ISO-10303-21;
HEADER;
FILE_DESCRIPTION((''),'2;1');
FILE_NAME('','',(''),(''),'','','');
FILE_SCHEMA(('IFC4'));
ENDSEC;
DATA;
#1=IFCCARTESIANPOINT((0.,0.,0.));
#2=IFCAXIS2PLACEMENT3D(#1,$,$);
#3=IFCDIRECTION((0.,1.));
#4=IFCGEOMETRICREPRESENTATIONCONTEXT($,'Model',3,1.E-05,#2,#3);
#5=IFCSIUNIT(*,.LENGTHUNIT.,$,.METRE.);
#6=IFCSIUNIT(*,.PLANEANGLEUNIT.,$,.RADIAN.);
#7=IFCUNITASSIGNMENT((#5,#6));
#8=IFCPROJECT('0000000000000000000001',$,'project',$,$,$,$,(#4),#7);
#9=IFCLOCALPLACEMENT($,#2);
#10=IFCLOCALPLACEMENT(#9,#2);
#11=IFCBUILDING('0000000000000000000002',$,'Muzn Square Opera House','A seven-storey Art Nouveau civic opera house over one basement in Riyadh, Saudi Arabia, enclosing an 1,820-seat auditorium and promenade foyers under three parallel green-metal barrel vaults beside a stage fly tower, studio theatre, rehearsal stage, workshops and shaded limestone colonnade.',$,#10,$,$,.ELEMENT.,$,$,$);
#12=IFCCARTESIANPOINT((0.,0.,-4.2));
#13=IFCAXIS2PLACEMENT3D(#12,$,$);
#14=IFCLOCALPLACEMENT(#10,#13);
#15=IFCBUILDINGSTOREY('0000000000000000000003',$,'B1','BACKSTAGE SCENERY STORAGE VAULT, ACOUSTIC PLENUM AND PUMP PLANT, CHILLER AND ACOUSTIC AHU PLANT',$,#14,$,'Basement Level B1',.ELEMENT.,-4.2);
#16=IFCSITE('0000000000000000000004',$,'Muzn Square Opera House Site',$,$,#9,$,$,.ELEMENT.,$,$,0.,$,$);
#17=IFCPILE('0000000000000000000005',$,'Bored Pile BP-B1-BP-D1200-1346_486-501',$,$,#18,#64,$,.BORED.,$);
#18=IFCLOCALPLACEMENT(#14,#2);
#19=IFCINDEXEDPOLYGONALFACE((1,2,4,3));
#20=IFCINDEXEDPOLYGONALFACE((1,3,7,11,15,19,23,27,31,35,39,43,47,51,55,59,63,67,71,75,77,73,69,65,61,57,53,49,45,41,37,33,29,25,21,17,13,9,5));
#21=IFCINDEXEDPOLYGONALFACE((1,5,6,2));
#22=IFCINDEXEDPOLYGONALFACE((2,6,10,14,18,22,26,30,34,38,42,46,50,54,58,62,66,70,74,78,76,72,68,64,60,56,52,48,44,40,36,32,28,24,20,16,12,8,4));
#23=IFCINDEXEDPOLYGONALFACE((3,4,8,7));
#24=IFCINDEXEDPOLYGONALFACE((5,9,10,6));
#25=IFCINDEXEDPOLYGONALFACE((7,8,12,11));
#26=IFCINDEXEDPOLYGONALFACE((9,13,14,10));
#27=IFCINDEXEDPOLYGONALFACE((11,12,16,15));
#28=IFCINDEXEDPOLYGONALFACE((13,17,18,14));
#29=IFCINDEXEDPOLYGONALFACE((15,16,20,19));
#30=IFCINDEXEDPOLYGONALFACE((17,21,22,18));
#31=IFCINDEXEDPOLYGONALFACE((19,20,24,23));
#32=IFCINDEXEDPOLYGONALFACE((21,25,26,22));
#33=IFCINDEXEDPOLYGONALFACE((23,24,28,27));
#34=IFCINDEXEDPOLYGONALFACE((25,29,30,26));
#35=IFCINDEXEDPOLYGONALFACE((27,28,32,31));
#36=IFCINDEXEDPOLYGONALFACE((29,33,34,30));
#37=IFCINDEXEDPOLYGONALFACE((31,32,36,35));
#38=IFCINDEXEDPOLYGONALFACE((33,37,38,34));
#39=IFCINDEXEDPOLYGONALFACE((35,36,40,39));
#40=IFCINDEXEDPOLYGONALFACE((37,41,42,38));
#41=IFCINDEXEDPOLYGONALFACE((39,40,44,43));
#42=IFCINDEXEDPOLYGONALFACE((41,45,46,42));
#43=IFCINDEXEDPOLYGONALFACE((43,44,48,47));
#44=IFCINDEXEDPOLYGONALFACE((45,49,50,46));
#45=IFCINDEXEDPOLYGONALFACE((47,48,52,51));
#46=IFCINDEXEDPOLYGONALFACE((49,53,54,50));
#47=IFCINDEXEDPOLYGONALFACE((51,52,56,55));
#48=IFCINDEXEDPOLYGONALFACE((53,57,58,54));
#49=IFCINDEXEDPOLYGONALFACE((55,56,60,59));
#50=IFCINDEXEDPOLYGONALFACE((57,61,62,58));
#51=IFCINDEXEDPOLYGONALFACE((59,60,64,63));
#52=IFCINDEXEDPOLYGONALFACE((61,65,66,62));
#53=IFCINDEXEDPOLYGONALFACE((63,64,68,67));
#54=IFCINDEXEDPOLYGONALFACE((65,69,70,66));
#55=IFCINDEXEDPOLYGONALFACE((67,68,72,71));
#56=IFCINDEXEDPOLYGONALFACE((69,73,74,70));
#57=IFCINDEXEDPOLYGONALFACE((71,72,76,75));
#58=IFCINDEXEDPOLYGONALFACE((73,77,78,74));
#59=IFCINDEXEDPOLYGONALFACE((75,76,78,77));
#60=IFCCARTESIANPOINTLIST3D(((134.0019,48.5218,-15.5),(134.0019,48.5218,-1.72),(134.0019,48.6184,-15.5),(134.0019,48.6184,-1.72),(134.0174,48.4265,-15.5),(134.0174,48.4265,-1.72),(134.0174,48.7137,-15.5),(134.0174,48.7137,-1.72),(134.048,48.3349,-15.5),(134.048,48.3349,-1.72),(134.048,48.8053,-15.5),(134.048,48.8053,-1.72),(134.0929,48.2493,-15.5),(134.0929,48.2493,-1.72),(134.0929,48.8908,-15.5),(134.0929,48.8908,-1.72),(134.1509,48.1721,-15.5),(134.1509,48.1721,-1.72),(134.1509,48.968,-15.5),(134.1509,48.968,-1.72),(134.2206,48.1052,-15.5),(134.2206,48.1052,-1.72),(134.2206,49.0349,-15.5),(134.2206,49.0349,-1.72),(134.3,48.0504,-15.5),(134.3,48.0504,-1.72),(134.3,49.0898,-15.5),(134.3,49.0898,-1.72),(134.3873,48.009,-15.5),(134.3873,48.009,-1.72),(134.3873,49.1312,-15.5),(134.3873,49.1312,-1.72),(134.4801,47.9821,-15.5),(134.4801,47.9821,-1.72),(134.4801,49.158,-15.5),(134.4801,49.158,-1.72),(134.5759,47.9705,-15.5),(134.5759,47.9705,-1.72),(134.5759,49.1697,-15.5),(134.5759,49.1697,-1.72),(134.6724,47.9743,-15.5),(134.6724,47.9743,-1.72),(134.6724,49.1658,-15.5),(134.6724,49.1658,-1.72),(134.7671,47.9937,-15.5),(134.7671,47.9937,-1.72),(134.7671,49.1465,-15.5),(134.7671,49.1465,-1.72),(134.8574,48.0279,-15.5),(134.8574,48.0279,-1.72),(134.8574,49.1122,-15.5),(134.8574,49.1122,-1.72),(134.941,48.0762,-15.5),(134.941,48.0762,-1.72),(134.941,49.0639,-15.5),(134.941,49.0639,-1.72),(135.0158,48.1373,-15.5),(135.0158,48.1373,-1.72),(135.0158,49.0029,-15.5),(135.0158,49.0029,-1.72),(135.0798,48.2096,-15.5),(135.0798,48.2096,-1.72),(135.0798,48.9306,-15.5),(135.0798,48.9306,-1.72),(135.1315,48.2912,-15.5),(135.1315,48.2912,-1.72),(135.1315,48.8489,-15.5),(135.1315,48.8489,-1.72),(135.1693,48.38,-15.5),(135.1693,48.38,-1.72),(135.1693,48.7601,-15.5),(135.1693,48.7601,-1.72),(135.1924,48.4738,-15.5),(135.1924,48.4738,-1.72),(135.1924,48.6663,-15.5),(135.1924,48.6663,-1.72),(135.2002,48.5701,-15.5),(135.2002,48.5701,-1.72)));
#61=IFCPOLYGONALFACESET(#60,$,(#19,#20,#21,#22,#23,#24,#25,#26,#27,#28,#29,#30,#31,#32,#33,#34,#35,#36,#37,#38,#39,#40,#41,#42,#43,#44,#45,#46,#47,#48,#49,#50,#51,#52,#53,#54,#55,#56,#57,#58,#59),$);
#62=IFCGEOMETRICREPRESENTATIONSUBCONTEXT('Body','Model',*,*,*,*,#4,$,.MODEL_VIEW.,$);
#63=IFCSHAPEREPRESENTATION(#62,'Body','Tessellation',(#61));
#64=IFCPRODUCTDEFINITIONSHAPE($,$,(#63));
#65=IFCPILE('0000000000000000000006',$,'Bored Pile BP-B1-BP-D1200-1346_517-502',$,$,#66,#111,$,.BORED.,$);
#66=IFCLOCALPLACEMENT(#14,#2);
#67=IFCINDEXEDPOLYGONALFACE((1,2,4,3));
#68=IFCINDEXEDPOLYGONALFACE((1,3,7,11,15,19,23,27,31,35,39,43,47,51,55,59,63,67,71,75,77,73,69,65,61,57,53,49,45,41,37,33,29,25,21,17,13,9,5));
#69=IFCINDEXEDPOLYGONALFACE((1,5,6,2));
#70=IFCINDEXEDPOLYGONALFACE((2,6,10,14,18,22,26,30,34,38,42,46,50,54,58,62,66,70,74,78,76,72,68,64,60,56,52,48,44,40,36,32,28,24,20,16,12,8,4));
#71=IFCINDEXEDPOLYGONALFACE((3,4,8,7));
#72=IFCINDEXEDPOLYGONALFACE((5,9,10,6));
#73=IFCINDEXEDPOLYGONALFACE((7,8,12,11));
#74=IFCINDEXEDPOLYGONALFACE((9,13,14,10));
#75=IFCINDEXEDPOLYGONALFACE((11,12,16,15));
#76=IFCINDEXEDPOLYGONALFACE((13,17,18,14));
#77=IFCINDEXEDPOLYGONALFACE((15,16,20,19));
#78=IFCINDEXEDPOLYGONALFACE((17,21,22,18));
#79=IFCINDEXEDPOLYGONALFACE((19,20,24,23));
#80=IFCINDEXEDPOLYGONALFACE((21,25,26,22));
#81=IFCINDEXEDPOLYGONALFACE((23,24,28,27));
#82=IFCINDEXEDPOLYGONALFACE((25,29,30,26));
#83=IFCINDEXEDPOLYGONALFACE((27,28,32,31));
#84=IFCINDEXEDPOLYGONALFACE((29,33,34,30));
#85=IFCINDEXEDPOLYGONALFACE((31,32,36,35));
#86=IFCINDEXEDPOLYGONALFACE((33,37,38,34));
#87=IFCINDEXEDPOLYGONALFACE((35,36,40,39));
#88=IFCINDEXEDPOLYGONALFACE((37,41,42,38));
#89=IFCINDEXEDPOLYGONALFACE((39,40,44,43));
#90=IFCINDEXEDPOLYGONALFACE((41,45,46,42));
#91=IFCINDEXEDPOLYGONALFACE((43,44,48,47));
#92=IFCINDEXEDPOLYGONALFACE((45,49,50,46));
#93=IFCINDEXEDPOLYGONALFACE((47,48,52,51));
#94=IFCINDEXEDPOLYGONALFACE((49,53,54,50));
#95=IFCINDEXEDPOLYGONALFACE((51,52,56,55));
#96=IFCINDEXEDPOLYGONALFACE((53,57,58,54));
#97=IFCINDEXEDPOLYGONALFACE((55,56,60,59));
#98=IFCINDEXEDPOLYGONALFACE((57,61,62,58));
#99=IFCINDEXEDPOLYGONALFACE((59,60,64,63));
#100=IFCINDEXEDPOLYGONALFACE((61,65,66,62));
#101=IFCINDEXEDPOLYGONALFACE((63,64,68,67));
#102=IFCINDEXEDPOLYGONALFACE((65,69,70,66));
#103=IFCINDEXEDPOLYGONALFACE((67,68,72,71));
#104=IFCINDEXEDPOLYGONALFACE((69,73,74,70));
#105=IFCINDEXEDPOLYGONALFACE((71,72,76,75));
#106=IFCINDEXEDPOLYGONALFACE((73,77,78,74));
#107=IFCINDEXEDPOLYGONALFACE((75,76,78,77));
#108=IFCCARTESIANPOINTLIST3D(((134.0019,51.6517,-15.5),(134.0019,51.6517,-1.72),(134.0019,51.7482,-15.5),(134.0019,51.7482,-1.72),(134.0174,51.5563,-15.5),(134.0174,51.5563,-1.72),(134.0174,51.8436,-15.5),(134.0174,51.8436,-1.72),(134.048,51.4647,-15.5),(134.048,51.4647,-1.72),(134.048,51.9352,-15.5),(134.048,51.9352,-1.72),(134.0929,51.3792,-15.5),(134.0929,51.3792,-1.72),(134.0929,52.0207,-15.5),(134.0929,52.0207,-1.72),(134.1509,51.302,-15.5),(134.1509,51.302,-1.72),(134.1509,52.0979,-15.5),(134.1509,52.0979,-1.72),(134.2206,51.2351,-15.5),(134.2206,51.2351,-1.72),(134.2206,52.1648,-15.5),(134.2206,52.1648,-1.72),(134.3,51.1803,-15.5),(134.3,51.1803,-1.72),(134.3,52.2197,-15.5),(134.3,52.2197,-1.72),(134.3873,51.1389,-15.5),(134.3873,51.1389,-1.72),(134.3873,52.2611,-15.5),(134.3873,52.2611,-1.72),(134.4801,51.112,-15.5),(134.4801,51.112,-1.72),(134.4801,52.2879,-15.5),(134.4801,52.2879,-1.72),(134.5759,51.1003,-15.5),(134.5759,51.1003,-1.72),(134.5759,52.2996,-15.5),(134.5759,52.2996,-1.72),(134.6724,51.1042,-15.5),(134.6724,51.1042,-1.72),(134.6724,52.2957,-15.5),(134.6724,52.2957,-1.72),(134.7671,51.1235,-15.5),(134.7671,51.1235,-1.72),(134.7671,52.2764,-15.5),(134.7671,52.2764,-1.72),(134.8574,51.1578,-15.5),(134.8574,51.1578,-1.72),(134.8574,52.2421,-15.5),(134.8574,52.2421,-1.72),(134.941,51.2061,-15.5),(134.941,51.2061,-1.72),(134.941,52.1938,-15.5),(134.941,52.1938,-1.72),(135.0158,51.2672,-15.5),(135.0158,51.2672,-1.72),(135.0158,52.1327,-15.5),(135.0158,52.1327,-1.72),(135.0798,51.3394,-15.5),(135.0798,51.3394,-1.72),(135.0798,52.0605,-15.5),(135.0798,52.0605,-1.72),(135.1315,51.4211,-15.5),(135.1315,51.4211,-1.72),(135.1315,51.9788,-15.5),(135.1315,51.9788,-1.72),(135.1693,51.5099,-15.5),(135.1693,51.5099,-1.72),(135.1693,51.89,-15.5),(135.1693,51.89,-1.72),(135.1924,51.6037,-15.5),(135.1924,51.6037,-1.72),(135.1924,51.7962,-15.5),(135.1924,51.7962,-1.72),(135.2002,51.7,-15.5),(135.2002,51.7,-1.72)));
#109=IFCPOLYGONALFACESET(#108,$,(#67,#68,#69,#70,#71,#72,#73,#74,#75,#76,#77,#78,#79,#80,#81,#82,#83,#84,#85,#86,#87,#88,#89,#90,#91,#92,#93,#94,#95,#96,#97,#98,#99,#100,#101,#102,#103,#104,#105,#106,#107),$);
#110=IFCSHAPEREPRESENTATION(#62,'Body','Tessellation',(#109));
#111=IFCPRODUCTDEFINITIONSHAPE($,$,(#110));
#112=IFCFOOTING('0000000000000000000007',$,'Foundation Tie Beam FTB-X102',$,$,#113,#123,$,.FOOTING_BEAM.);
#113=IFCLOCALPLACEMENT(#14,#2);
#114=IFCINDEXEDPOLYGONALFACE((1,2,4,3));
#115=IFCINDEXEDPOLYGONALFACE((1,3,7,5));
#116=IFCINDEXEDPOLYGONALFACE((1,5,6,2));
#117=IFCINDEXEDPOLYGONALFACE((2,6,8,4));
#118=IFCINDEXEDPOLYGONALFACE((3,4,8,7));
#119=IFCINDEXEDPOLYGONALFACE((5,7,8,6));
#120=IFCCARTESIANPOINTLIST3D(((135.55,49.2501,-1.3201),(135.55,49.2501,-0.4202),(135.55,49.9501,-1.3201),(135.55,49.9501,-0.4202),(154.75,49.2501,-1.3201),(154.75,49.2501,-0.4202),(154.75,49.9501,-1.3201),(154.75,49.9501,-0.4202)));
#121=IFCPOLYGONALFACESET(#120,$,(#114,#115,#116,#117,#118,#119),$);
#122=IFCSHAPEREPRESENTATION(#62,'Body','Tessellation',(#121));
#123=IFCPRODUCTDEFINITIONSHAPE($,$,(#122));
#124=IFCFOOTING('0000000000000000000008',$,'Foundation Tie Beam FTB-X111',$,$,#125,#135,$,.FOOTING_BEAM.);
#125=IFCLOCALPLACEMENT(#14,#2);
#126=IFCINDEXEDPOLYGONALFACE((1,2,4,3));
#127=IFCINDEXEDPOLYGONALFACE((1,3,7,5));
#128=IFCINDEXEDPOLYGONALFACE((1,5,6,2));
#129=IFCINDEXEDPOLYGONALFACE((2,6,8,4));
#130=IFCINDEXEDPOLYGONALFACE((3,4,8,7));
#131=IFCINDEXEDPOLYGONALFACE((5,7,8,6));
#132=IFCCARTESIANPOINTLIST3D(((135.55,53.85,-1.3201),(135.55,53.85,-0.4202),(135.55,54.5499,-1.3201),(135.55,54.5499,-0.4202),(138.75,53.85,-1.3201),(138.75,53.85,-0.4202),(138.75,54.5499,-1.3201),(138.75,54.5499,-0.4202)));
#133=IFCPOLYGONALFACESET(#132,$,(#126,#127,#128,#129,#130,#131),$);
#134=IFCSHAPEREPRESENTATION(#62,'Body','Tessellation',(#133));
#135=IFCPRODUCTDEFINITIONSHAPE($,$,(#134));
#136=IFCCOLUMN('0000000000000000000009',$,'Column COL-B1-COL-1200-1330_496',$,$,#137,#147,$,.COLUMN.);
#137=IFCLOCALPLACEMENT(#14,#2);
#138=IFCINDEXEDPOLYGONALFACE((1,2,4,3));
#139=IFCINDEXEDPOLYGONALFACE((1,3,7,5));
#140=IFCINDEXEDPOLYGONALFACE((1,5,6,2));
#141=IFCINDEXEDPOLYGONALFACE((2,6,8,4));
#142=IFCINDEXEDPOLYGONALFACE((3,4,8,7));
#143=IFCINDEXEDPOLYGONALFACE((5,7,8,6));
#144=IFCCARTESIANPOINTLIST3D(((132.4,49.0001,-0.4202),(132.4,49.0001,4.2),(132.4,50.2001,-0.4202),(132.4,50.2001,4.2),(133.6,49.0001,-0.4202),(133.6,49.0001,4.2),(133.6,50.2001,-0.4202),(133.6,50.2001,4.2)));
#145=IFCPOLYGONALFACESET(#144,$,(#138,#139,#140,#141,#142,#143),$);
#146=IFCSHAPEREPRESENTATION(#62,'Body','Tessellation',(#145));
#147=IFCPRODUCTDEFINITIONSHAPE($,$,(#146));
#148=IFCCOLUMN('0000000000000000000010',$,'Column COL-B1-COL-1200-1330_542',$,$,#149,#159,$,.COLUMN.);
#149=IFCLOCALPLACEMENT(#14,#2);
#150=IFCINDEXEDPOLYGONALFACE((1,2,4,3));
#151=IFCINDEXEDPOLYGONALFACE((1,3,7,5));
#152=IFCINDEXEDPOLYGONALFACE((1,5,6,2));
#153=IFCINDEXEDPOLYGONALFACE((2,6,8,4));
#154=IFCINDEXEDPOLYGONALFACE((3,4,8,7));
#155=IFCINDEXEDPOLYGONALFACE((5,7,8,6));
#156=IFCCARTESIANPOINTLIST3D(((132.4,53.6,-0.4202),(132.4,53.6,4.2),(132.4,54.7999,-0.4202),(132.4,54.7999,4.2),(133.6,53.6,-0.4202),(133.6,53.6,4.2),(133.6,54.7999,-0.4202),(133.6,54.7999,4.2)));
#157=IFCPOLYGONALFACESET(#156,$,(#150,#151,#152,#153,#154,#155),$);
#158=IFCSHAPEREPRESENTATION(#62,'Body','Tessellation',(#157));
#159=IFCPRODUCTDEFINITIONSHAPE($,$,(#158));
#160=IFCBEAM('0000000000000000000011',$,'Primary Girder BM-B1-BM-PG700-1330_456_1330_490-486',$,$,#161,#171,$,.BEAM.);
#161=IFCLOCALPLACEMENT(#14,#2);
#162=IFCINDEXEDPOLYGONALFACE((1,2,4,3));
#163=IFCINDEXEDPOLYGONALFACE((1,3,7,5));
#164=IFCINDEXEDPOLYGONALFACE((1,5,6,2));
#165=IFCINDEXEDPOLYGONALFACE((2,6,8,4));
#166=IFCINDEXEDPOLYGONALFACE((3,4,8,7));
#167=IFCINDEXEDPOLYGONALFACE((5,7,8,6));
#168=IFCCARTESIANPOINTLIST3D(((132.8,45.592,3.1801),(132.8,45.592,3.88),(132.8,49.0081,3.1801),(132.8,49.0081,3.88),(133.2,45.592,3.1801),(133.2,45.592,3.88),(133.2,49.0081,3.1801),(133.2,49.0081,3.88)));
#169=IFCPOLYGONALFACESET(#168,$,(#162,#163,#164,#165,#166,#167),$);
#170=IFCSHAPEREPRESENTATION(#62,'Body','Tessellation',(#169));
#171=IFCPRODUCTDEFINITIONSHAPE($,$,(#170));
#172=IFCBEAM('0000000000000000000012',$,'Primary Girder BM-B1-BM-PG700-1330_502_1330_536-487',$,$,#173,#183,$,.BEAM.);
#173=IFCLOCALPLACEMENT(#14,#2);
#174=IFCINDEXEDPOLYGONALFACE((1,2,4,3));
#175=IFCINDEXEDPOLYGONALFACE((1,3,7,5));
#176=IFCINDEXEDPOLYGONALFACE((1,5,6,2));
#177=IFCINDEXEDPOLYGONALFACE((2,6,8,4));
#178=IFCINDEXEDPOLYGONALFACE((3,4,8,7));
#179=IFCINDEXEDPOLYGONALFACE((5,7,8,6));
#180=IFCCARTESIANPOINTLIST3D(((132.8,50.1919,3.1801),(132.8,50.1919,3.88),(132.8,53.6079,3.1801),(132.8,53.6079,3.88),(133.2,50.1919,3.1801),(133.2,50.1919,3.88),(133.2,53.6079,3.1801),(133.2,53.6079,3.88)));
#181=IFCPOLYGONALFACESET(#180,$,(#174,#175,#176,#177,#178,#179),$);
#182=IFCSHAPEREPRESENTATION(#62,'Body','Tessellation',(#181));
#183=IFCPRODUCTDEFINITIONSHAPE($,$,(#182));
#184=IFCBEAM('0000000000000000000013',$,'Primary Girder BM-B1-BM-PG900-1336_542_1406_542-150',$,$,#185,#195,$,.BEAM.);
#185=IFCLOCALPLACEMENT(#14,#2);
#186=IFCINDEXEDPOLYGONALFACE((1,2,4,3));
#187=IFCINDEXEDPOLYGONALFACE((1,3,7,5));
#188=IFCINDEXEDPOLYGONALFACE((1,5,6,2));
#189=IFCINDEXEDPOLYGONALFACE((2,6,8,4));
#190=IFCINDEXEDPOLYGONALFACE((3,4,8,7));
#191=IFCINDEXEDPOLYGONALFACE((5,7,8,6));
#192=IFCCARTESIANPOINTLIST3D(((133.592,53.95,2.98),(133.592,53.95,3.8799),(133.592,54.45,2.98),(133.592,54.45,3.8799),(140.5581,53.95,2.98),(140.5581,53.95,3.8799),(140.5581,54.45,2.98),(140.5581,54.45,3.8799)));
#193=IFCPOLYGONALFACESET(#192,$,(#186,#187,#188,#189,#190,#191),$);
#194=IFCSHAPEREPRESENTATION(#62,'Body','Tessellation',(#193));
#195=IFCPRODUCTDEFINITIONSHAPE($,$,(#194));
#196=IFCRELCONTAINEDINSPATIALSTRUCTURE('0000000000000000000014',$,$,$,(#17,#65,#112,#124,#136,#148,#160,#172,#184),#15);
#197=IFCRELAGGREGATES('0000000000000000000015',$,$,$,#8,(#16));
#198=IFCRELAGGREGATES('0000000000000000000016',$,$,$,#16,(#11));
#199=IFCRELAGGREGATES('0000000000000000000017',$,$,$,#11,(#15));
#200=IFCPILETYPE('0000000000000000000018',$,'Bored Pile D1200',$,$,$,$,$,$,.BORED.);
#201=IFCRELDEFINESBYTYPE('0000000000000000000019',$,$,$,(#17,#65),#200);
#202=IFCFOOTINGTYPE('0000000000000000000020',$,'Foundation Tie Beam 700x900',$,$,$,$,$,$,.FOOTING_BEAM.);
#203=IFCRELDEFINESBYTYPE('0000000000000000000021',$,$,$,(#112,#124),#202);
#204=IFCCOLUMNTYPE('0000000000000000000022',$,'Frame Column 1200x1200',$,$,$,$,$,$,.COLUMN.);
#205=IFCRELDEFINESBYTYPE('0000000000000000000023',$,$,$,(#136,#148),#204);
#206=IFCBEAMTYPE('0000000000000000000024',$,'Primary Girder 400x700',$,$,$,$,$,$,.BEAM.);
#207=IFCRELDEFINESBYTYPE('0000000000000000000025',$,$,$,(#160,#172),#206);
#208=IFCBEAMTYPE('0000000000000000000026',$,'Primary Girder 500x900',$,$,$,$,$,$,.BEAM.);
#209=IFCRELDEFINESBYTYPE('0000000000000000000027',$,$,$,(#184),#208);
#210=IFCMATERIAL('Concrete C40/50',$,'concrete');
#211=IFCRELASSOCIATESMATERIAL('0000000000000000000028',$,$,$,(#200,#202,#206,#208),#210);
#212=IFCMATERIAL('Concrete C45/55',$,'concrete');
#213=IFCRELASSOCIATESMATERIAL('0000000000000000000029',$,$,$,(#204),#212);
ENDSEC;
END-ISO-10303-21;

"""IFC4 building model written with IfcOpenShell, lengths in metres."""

from ifc_helpers import new_model, si_unit, direction, frame, origin, origin_2d, place, context, subcontext, project, spatial, rectangle, circle, extrude, material, material_profile, profile_set, type_object, element, save


model = new_model("IFC4")

# Units and contexts
model_context = context("Model", 3, precision=1e-05, world=origin(), true_north=direction((0.0, 1.0)))
body_context = subcontext(model_context, "Body", "Model", "MODEL_VIEW")
ifc_project = project(units=[si_unit("LENGTHUNIT", "METRE"), si_unit("PLANEANGLEUNIT", "RADIAN")], contexts=[model_context])

# Site, building, storey
site_placement = place(None, origin())
site = spatial("IfcSite", under=ifc_project, at=site_placement, Name="Muzn Square Opera House Site", CompositionType="ELEMENT", RefElevation=0.0)
building_placement = place(site_placement, origin())
building = spatial("IfcBuilding", under=site, at=building_placement, Name="Muzn Square Opera House", Description="A seven-storey Art Nouveau civic opera house over one basement in Riyadh, Saudi Arabia, enclosing an 1,820-seat auditorium and promenade foyers under three parallel green-metal barrel vaults beside a stage fly tower, studio theatre, rehearsal stage, workshops and shaded limestone colonnade.", CompositionType="ELEMENT")
storey_placement = place(building_placement, frame((0.0, 0.0, -4.2)))
storey = spatial("IfcBuildingStorey", under=building, at=storey_placement, Name="B1", Description="BACKSTAGE SCENERY STORAGE VAULT, ACOUSTIC PLENUM AND PUMP PLANT, CHILLER AND ACOUSTIC AHU PLANT", LongName="Basement Level B1", CompositionType="ELEMENT", Elevation=-4.2)

# Piles
ifc_material_1 = material(Name="Concrete C40/50", Category="concrete")
ifc_material_profile_1 = material_profile(ifc_material_1, circle(Radius=0.6001, at=origin_2d()), Name="BORED PILE D1200", Category="concrete")
ifc_profile_set_1 = profile_set([ifc_material_profile_1], Name="Concrete C40/50")
pile_type = type_object("IfcPileType", Name="Bored Pile D1200", PredefinedType="BORED", material=ifc_profile_set_1)
for number, where, z_axis, x_axis, name in (
    (1, (134.6001, 48.5701, -1.72), (0.0, 0.0, -1.0), (1.0, 0.0, 0.0), "Bored Pile BP-B1-BP-D1200-1346_486-501"),
    (2, (134.6001, 51.7, -1.72), (0.0, 0.0, -1.0), (1.0, 0.0, 0.0), "Bored Pile BP-B1-BP-D1200-1346_517-502"),
):
    element("IfcPile", number, at=place(storey_placement, frame(where, z_axis=z_axis, x_axis=x_axis)), inside=storey, type_object=pile_type, Name=name, PredefinedType="BORED", context=body_context, shape_type="SweptSolid", body=[
        extrude(circle(Radius=0.6001, at=origin_2d()), origin(), (0.0, 0.0, 1.0), 13.78),
    ])

# Footings
ifc_material_profile_2 = material_profile(ifc_material_1, rectangle(XDim=0.7, YDim=0.8999, at=origin_2d()), Name="RCTB 700x900", Category="concrete")
ifc_profile_set_2 = profile_set([ifc_material_profile_2], Name="Concrete C40/50")
footing_type = type_object("IfcFootingType", Name="Foundation Tie Beam 700x900", PredefinedType="FOOTING_BEAM", material=ifc_profile_set_2)
footing_1_placement = place(storey_placement, frame((135.55, 49.6001, -0.8701), z_axis=(1.0, 0.0, 0.0), x_axis=(0.0, 1.0, 0.0)))
element("IfcFooting", 3, at=footing_1_placement, inside=storey, type_object=footing_type, Name="Foundation Tie Beam FTB-X102", PredefinedType="FOOTING_BEAM", context=body_context, shape_type="SweptSolid", body=[
    extrude(rectangle(XDim=0.7, YDim=0.8999, at=origin_2d()), origin(), (0.0, 0.0, 1.0), 19.2),
])
footing_2_placement = place(storey_placement, frame((135.55, 54.2, -0.8701), z_axis=(1.0, 0.0, 0.0), x_axis=(0.0, 1.0, 0.0)))
element("IfcFooting", 4, at=footing_2_placement, inside=storey, type_object=footing_type, Name="Foundation Tie Beam FTB-X111", PredefinedType="FOOTING_BEAM", context=body_context, shape_type="SweptSolid", body=[
    extrude(rectangle(XDim=0.7, YDim=0.8999, at=origin_2d()), origin(), (0.0, 0.0, 1.0), 3.2),
])

# Columns
ifc_material_2 = material(Name="Concrete C45/55", Category="concrete")
ifc_material_profile_3 = material_profile(ifc_material_2, rectangle(XDim=1.2, YDim=1.2, at=origin_2d()), Name="RC 1200x1200", Category="concrete")
ifc_profile_set_3 = profile_set([ifc_material_profile_3], Name="Concrete C45/55")
column_type = type_object("IfcColumnType", Name="Frame Column 1200x1200", PredefinedType="COLUMN", material=ifc_profile_set_3)
for number, where, z_axis, x_axis, name in (
    (5, (133.0, 49.6001, -0.4202), (0.0, 0.0, 1.0), (1.0, 0.0, 0.0), "Column COL-B1-COL-1200-1330_496"),
    (6, (133.0, 54.2, -0.4202), (0.0, 0.0, 1.0), (1.0, 0.0, 0.0), "Column COL-B1-COL-1200-1330_542"),
):
    element("IfcColumn", number, at=place(storey_placement, frame(where, z_axis=z_axis, x_axis=x_axis)), inside=storey, type_object=column_type, Name=name, PredefinedType="COLUMN", context=body_context, shape_type="SweptSolid", body=[
        extrude(rectangle(XDim=1.2, YDim=1.2, at=origin_2d()), origin(), (0.0, 0.0, 1.0), 4.6201),
    ])

# Beams
ifc_material_profile_4 = material_profile(ifc_material_1, rectangle(XDim=0.3999, YDim=0.7, at=origin_2d()), Name="RCB 400x700", Category="concrete")
ifc_profile_set_4 = profile_set([ifc_material_profile_4], Name="Concrete C40/50")
beam_type_1 = type_object("IfcBeamType", Name="Primary Girder 400x700", PredefinedType="BEAM", material=ifc_profile_set_4)
for number, where, z_axis, x_axis, name in (
    (7, (133.0, 45.592, 3.53), (0.0, 1.0, 0.0), (-1.0, 0.0, 0.0), "Primary Girder BM-B1-BM-PG700-1330_456_1330_490-486"),
    (8, (133.0, 50.1919, 3.53), (0.0, 1.0, 0.0), (-1.0, 0.0, 0.0), "Primary Girder BM-B1-BM-PG700-1330_502_1330_536-487"),
):
    element("IfcBeam", number, at=place(storey_placement, frame(where, z_axis=z_axis, x_axis=x_axis)), inside=storey, type_object=beam_type_1, Name=name, PredefinedType="BEAM", context=body_context, shape_type="SweptSolid", body=[
        extrude(rectangle(XDim=0.3999, YDim=0.7, at=origin_2d()), origin(), (0.0, 0.0, 1.0), 3.416),
    ])
ifc_material_profile_5 = material_profile(ifc_material_1, rectangle(XDim=0.5, YDim=0.8999, at=origin_2d()), Name="RCB 500x900", Category="concrete")
ifc_profile_set_5 = profile_set([ifc_material_profile_5], Name="Concrete C40/50")
beam_type_2 = type_object("IfcBeamType", Name="Primary Girder 500x900", PredefinedType="BEAM", material=ifc_profile_set_5)
beam_placement = place(storey_placement, frame((133.592, 54.2, 3.4299), z_axis=(1.0, 0.0, 0.0), x_axis=(0.0, 1.0, 0.0)))
element("IfcBeam", 9, at=beam_placement, inside=storey, type_object=beam_type_2, Name="Primary Girder BM-B1-BM-PG900-1336_542_1406_542-150", PredefinedType="BEAM", context=body_context, shape_type="SweptSolid", body=[
    extrude(rectangle(XDim=0.5, YDim=0.8999, at=origin_2d()), origin(), (0.0, 0.0, 1.0), 6.9661),
])

save(model, "model.ifc")
